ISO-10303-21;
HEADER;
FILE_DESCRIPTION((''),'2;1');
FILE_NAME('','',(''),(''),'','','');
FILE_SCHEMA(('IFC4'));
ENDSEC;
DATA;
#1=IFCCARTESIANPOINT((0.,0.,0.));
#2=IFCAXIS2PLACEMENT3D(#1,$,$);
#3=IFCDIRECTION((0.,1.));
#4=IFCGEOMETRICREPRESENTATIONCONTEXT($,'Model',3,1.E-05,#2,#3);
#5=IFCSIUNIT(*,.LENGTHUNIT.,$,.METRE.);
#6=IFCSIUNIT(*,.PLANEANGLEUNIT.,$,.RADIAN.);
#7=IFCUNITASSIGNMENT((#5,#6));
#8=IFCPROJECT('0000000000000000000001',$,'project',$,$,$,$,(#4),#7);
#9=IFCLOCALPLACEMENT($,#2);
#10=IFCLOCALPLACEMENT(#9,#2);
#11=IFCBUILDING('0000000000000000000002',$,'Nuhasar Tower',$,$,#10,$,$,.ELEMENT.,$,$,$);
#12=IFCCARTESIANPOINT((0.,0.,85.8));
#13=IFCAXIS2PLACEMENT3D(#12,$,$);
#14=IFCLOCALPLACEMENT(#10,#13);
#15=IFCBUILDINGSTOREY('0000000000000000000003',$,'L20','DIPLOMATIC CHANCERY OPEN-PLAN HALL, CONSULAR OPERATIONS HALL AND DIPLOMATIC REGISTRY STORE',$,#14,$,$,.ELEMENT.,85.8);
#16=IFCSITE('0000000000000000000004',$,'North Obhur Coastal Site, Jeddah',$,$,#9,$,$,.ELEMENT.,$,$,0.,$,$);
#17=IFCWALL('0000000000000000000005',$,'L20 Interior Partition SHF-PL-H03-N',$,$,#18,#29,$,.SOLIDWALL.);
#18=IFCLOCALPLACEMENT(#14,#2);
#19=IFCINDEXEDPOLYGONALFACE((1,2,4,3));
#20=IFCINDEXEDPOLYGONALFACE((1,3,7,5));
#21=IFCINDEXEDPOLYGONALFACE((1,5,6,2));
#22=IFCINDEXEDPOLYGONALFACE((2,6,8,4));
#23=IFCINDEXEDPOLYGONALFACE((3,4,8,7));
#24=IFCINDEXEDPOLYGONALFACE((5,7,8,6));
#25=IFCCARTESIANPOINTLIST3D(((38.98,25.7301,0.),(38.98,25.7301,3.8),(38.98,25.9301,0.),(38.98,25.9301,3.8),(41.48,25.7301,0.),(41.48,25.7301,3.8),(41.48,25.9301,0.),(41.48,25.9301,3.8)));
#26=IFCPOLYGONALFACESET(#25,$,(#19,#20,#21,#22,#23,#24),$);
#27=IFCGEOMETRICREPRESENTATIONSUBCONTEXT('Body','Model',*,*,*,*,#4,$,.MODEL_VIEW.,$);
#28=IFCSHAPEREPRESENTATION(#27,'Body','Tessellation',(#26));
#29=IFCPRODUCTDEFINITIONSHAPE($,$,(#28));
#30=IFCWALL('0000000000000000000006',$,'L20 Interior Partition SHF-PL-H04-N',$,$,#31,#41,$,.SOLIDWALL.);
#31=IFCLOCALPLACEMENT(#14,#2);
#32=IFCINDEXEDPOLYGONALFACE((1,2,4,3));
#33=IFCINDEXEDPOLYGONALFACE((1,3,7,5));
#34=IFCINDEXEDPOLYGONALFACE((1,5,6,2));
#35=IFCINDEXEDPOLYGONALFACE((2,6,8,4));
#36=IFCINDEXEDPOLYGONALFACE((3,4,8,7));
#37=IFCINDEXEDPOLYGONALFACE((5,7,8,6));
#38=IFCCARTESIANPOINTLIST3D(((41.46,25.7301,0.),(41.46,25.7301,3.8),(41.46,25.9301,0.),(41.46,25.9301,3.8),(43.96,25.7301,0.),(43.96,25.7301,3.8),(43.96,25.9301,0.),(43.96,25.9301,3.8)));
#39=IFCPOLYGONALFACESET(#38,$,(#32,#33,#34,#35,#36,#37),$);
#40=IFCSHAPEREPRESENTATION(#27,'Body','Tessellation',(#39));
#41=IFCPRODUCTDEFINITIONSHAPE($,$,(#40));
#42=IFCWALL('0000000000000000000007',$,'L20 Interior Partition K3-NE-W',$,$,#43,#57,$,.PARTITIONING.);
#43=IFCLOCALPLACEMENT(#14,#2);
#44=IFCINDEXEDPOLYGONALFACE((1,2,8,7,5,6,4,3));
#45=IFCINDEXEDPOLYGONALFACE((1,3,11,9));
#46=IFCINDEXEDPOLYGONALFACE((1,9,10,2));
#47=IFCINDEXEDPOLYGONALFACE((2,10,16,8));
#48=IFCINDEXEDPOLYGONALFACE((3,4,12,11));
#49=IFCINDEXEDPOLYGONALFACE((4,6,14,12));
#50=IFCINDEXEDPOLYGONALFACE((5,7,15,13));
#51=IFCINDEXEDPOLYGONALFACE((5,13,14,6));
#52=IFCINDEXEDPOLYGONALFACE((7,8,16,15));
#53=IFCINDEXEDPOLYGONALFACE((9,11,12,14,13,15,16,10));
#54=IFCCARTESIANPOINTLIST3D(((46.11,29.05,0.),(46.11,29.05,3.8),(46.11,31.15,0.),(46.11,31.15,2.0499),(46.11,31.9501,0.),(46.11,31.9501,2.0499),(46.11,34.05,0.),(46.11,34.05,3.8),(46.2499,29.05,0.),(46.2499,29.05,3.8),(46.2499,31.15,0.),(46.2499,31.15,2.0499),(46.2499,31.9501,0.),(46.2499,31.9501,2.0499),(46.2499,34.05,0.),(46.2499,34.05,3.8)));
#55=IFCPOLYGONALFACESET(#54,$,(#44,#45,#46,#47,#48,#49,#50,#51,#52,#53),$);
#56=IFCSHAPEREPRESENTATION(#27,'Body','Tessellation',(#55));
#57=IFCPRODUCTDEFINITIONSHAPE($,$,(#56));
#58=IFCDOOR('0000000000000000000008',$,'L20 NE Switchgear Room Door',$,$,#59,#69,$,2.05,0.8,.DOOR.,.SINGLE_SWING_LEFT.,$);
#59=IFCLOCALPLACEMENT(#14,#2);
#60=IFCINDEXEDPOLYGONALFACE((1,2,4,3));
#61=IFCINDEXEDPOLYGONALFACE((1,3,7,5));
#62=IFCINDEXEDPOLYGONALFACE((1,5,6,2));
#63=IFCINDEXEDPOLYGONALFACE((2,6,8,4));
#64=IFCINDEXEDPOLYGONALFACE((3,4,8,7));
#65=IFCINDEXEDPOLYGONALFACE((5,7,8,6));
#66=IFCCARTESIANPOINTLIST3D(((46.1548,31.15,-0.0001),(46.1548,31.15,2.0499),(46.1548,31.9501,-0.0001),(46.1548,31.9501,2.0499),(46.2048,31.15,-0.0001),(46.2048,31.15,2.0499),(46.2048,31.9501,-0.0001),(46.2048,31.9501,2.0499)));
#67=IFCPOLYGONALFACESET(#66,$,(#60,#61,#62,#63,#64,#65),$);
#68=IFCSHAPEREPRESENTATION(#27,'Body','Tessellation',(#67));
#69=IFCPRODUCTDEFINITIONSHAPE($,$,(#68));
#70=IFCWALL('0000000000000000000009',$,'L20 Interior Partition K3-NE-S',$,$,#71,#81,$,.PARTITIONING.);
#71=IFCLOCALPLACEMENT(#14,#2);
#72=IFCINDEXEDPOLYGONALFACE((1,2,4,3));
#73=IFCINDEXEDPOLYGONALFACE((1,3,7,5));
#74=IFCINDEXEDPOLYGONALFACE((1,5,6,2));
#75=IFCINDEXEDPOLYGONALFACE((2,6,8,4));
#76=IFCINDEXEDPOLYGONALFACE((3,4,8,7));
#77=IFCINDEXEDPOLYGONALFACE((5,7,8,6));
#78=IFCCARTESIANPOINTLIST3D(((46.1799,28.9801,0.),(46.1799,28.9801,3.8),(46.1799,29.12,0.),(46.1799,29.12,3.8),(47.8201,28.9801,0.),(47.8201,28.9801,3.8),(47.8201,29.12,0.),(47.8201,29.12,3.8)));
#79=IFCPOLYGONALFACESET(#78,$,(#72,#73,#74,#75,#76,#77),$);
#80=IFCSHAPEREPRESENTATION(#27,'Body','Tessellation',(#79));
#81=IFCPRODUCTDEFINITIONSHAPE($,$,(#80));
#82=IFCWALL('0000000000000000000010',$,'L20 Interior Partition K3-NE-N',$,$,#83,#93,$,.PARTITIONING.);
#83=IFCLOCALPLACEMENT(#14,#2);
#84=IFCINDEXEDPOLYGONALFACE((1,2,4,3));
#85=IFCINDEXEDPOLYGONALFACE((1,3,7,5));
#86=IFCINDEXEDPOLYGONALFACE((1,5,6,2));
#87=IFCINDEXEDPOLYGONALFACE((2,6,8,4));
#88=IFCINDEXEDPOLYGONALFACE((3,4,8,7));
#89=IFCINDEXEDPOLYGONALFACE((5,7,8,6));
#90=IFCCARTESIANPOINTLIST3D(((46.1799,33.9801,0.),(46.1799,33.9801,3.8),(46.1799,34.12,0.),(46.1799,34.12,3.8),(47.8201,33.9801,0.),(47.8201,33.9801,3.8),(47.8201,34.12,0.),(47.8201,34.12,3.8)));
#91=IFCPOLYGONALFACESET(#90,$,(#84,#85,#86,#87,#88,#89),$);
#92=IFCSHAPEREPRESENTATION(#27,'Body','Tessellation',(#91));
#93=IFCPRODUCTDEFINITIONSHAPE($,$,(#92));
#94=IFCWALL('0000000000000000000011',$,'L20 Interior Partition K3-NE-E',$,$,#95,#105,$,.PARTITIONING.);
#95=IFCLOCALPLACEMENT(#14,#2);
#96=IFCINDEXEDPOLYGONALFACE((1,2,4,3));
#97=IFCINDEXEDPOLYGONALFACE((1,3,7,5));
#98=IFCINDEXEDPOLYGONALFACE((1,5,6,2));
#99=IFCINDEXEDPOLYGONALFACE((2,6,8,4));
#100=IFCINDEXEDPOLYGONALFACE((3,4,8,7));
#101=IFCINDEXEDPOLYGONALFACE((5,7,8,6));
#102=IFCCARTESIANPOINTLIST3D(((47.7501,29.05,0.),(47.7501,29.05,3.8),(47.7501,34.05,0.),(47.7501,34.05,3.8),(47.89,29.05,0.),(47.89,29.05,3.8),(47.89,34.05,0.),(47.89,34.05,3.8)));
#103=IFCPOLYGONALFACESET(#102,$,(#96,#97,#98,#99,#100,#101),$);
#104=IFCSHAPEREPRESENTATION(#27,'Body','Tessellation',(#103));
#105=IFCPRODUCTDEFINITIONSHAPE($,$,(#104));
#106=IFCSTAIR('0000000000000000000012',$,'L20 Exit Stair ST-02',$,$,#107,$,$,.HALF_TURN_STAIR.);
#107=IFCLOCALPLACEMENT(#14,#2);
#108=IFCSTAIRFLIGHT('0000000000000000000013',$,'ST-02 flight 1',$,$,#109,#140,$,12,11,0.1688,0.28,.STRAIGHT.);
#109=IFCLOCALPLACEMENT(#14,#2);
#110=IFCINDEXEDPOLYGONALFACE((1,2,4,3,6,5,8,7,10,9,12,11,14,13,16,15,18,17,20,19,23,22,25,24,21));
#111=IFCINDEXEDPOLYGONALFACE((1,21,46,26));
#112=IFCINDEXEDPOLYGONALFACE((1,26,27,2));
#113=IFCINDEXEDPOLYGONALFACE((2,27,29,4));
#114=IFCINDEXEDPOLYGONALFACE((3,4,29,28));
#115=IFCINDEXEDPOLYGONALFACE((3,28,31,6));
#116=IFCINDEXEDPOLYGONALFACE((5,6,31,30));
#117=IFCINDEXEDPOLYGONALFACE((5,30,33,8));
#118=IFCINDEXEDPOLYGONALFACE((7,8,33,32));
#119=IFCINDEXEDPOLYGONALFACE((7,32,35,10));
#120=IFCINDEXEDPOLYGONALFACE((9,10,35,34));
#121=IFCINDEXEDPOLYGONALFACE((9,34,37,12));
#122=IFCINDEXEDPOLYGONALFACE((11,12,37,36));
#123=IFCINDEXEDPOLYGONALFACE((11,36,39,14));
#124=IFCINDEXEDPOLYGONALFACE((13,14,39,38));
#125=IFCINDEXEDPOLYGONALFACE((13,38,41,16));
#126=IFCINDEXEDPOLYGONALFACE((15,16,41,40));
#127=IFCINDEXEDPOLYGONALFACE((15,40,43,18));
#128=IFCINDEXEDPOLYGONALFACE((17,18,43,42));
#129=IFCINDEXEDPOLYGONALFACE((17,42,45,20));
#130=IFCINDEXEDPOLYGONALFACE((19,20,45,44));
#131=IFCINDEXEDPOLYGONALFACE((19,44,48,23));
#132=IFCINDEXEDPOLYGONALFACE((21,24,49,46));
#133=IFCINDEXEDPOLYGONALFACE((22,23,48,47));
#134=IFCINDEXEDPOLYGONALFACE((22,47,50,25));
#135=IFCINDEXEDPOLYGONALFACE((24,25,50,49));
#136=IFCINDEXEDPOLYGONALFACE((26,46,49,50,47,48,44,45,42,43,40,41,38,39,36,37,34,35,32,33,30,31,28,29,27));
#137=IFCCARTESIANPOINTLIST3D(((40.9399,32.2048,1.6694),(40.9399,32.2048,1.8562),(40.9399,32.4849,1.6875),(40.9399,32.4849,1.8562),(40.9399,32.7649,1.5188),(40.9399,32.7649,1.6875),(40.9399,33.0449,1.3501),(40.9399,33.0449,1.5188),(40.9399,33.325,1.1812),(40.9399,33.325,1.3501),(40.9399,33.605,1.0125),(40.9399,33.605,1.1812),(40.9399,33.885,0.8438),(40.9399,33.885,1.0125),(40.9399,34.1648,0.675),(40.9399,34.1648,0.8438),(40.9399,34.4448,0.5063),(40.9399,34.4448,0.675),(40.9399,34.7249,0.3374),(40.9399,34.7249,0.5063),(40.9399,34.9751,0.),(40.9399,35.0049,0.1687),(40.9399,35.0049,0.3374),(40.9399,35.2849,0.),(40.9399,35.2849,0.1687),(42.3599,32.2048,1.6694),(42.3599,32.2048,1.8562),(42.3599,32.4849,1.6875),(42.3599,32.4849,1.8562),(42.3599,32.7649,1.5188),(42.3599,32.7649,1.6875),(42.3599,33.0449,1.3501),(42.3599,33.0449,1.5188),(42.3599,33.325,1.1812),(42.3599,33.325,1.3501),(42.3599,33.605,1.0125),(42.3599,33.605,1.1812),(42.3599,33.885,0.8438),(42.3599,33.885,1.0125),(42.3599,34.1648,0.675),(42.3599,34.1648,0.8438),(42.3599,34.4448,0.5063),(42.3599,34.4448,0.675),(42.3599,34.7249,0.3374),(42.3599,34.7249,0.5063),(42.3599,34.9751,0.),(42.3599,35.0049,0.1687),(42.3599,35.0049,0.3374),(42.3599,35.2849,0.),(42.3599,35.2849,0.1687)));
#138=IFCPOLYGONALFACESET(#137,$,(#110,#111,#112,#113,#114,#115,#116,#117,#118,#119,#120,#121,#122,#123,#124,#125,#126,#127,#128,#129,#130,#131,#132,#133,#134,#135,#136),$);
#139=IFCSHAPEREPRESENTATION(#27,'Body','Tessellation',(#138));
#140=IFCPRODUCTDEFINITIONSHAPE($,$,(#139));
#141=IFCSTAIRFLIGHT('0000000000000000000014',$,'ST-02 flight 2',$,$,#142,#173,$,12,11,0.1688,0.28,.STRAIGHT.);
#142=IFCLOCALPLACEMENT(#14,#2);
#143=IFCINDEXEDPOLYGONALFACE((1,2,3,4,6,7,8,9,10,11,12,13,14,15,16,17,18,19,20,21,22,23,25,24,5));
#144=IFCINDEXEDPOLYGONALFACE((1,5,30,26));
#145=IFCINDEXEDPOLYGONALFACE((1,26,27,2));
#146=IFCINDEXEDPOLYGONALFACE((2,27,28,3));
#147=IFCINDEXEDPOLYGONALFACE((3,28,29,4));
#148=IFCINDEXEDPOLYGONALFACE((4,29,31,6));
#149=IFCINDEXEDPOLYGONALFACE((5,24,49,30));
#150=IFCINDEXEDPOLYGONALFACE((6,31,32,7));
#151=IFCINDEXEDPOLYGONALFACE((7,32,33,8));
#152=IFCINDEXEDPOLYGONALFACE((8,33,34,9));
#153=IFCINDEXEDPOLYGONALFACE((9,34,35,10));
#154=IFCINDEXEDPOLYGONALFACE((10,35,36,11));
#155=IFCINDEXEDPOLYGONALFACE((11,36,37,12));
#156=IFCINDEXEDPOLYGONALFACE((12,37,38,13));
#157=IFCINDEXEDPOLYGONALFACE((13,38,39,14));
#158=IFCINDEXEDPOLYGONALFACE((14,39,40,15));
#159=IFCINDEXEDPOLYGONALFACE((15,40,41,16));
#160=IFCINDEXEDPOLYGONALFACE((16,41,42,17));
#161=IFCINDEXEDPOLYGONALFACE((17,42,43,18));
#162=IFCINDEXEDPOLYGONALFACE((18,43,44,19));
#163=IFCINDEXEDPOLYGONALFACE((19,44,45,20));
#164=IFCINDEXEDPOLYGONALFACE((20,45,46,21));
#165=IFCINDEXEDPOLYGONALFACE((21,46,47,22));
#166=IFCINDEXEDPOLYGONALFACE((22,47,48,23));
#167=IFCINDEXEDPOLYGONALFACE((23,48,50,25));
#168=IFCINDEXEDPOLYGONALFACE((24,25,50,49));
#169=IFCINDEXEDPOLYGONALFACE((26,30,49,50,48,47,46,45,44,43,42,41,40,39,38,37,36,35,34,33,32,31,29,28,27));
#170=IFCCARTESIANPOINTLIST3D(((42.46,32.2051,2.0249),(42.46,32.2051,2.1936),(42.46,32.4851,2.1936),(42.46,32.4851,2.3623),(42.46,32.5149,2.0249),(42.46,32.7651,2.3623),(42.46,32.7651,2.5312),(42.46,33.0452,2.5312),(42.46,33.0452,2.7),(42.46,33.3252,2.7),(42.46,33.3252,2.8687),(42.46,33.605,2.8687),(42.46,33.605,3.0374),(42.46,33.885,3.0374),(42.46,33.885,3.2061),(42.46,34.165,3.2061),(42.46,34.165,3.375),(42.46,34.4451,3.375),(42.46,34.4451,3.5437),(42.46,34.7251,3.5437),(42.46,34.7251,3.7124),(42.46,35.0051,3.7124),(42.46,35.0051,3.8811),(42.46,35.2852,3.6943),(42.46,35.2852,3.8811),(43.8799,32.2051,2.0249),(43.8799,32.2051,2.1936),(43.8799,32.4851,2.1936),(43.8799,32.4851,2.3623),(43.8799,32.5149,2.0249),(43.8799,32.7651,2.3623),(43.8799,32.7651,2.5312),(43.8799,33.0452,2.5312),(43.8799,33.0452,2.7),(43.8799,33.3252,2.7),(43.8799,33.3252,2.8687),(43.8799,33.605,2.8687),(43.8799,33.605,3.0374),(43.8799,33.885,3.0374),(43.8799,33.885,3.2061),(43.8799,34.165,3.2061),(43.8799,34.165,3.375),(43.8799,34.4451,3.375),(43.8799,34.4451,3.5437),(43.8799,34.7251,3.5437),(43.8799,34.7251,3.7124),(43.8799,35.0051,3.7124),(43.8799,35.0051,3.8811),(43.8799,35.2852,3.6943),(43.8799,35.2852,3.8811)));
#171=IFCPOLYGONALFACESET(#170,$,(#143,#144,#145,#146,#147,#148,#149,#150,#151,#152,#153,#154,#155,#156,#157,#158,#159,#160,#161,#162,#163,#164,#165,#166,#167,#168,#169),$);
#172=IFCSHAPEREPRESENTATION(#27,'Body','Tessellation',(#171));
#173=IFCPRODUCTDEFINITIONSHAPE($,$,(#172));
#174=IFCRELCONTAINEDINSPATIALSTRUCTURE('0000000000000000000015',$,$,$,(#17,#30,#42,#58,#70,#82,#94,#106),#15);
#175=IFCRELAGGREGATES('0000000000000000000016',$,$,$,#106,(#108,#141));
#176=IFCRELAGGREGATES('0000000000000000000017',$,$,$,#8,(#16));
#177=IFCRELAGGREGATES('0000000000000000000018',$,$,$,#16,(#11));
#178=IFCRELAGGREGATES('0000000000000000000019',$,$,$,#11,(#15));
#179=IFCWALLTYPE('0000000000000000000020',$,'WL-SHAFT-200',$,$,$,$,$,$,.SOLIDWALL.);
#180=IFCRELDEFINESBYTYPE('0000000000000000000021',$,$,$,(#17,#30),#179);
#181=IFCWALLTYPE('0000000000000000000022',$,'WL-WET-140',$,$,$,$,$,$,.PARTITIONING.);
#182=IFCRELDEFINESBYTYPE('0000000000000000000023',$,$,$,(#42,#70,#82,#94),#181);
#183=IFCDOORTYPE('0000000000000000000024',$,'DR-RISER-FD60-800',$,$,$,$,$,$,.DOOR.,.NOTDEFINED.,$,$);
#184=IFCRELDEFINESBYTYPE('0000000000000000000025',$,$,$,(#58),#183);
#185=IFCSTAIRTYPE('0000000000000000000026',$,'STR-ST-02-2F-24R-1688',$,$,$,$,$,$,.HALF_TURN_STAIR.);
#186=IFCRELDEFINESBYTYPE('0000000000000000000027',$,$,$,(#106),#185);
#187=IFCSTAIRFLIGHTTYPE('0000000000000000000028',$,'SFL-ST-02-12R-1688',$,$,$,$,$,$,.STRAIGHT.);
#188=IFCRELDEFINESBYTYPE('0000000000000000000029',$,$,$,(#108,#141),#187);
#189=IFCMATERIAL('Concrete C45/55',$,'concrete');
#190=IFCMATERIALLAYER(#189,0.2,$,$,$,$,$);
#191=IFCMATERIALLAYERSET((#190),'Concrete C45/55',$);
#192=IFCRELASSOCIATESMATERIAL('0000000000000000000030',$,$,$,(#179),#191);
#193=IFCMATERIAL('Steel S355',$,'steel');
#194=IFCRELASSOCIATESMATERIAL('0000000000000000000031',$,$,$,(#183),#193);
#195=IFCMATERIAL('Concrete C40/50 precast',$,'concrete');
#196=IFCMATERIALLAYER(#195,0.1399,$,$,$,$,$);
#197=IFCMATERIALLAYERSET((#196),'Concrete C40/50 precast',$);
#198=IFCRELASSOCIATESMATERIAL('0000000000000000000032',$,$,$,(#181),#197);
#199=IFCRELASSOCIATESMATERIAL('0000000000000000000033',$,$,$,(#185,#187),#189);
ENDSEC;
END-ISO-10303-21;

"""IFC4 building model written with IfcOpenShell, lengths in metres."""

from ifc_helpers import new_model, si_unit, direction, frame, frame_2d, origin, place, context, subcontext, project, spatial, polyline, rectangle, outline, extrude, material, layer, layer_set, type_object, element, fill, aggregate, save


model = new_model("IFC4")

# Units and contexts
model_context = context("Model", 3, precision=1e-05, world=origin(), true_north=direction((0.0, 1.0)))
body_context = subcontext(model_context, "Body", "Model", "MODEL_VIEW")
ifc_project = project(units=[si_unit("LENGTHUNIT", "METRE"), si_unit("PLANEANGLEUNIT", "RADIAN")], contexts=[model_context])

# Site, building, storey
site_placement = place(None, origin())
site = spatial("IfcSite", under=ifc_project, at=site_placement, Name="North Obhur Coastal Site, Jeddah", CompositionType="ELEMENT", RefElevation=0.0)
building_placement = place(site_placement, origin())
building = spatial("IfcBuilding", under=site, at=building_placement, Name="Nuhasar Tower", CompositionType="ELEMENT")
storey_placement = place(building_placement, frame((0.0, 0.0, 85.8)))
storey = spatial("IfcBuildingStorey", under=building, at=storey_placement, Name="L20", Description="DIPLOMATIC CHANCERY OPEN-PLAN HALL, CONSULAR OPERATIONS HALL AND DIPLOMATIC REGISTRY STORE", CompositionType="ELEMENT", Elevation=85.8)

# Shared definitions
ifc_material_1 = material(Name="Concrete C45/55", Category="concrete")
ifc_layer_1 = layer(ifc_material_1, 0.2)
ifc_layer_set_1 = layer_set([ifc_layer_1], Name="Concrete C45/55")
wall_type_1 = type_object("IfcWallType", Name="WL-SHAFT-200", PredefinedType="SOLIDWALL", material=ifc_layer_set_1)

# Shared definitions
ifc_material_2 = material(Name="Steel S355", Category="steel")
door_type = type_object("IfcDoorType", Name="DR-RISER-FD60-800", OperationType="NOTDEFINED", PredefinedType="DOOR", material=ifc_material_2)

# Walls
for number, where, z_axis, x_axis, name in (
    (1, (38.98, 25.8301, 0.0), (0.0, 0.0, 1.0), (1.0, 0.0, 0.0), "L20 Interior Partition SHF-PL-H03-N"),
    (2, (41.46, 25.8301, 0.0), (0.0, 0.0, 1.0), (1.0, 0.0, 0.0), "L20 Interior Partition SHF-PL-H04-N"),
):
    element("IfcWall", number, at=place(storey_placement, frame(where, z_axis=z_axis, x_axis=x_axis)), inside=storey, type_object=wall_type_1, Name=name, PredefinedType="SOLIDWALL", context=body_context, shape_type="SweptSolid", body=[
        extrude(rectangle(XDim=2.5, YDim=0.2, at=frame_2d((1.25, 0.0))), origin(), (0.0, 0.0, 1.0), 3.8),
    ])

# Wall, opening, door
ifc_material_3 = material(Name="Concrete C40/50 precast", Category="concrete")
ifc_layer_2 = layer(ifc_material_3, 0.1399)
ifc_layer_set_2 = layer_set([ifc_layer_2], Name="Concrete C40/50 precast")
wall_type_2 = type_object("IfcWallType", Name="WL-WET-140", PredefinedType="PARTITIONING", material=ifc_layer_set_2)
wall_1_placement = place(storey_placement, frame((46.1799, 34.05, 0.0), z_axis=(0.0, 0.0, 1.0), x_axis=(0.0, -1.0, 0.0)))
wall_1 = element("IfcWall", 3, at=wall_1_placement, inside=storey, type_object=wall_type_2, Name="L20 Interior Partition K3-NE-W", PredefinedType="PARTITIONING", context=body_context, shape_type="SweptSolid", body=[
    extrude(rectangle(XDim=5.0, YDim=0.1399, at=frame_2d((2.5, 0.0))), origin(), (0.0, 0.0, 1.0), 3.8),
])
opening_1_placement = place(wall_1_placement, frame((2.1001, 0.0, 0.0)))
opening_1 = element("IfcOpeningElement", 4, at=opening_1_placement, cuts=wall_1, PredefinedType="OPENING", context=body_context, shape_type="SweptSolid", body=[
    extrude(rectangle(XDim=0.8, YDim=2.05, at=frame_2d((0.3999, 1.0249))), frame((0.0, 0.0801, 0.0), z_axis=(0.0, -1.0, 0.0), x_axis=(1.0, 0.0, 0.0)), (0.0, 0.0, 1.0), 0.1599),
])
door_1_placement = place(opening_1_placement, origin())
door_1 = element("IfcDoor", 5, at=door_1_placement, inside=storey, type_object=door_type, Name="L20 NE Switchgear Room Door", OperationType="SINGLE_SWING_LEFT", OverallHeight=2.05, OverallWidth=0.8, PredefinedType="DOOR", context=body_context, shape_type="SweptSolid", body=[
    extrude(rectangle(XDim=0.8, YDim=2.05, at=frame_2d((0.3999, 1.0249))), frame((0.0, 0.0249, 0.0), z_axis=(0.0, -1.0, 0.0), x_axis=(1.0, 0.0, 0.0)), (0.0, 0.0, 1.0), 0.05),
])
fill(opening_1, door_1)

# Walls
for number, where, z_axis, x_axis, name in (
    (6, (46.1799, 29.05, 0.0), (0.0, 0.0, 1.0), (1.0, 0.0, 0.0), "L20 Interior Partition K3-NE-S"),
    (7, (46.1799, 34.05, 0.0), (0.0, 0.0, 1.0), (1.0, 0.0, 0.0), "L20 Interior Partition K3-NE-N"),
):
    element("IfcWall", number, at=place(storey_placement, frame(where, z_axis=z_axis, x_axis=x_axis)), inside=storey, type_object=wall_type_2, Name=name, PredefinedType="PARTITIONING", context=body_context, shape_type="SweptSolid", body=[
        extrude(rectangle(XDim=1.6401, YDim=0.1399, at=frame_2d((0.8201, 0.0))), origin(), (0.0, 0.0, 1.0), 3.8),
    ])
wall_2_placement = place(storey_placement, frame((47.8201, 29.05, 0.0), z_axis=(0.0, 0.0, 1.0), x_axis=(0.0, 1.0, 0.0)))
element("IfcWall", 8, at=wall_2_placement, inside=storey, type_object=wall_type_2, Name="L20 Interior Partition K3-NE-E", PredefinedType="PARTITIONING", context=body_context, shape_type="SweptSolid", body=[
    extrude(rectangle(XDim=5.0, YDim=0.1399, at=frame_2d((2.5, 0.0))), origin(), (0.0, 0.0, 1.0), 3.8),
])

# Stair, stair flights
stair_type_1 = type_object("IfcStairType", Name="STR-ST-02-2F-24R-1688", PredefinedType="HALF_TURN_STAIR", material=ifc_material_1)
stair_1_placement = place(storey_placement, origin())
stair_1 = element("IfcStair", 9, at=stair_1_placement, inside=storey, type_object=stair_type_1, Name="L20 Exit Stair ST-02", PredefinedType="HALF_TURN_STAIR")
stair_flight_type_1 = type_object("IfcStairFlightType", Name="SFL-ST-02-12R-1688", PredefinedType="STRAIGHT", material=ifc_material_1)
stair_flight_1_placement = place(storey_placement, frame((41.6499, 35.2849, 0.0), z_axis=(0.0, 0.0, 1.0), x_axis=(0.0, -1.0, 0.0)))
stair_flight_1 = element("IfcStairFlight", 10, at=stair_flight_1_placement, type_object=stair_flight_type_1, Name="ST-02 flight 1", NumberOfRisers=12, NumberOfTreads=11, PredefinedType="STRAIGHT", RiserHeight=0.1688, TreadLength=0.28, context=body_context, shape_type="SweptSolid", body=[
    extrude(outline(polyline([(0.0, 0.0), (0.0, 0.1687), (0.28, 0.1687), (0.28, 0.3374), (0.5601, 0.3374), (0.5601, 0.5063), (0.8401, 0.5063), (0.8401, 0.675), (1.1201, 0.675), (1.1201, 0.8438), (1.3999, 0.8438), (1.3999, 1.0125), (1.6799, 1.0125), (1.6799, 1.1812), (1.96, 1.1812), (1.96, 1.3501), (2.24, 1.3501), (2.24, 1.5188), (2.52, 1.5188), (2.52, 1.6875), (2.8, 1.6875), (2.8, 1.8562), (3.0801, 1.8562), (3.0801, 2.0249), (3.0801, 1.6694), (0.3098, 0.0), (0.0, 0.0)])), frame((0.0, 0.71, 0.0), z_axis=(0.0, -1.0, 0.0), x_axis=(1.0, 0.0, 0.0)), (0.0, 0.0, 1.0), 1.4199),
])
stair_flight_2_placement = place(storey_placement, frame((43.1699, 32.2051, 2.0249), z_axis=(0.0, 0.0, 1.0), x_axis=(0.0, 1.0, 0.0)))
stair_flight_2 = element("IfcStairFlight", 11, at=stair_flight_2_placement, type_object=stair_flight_type_1, Name="ST-02 flight 2", NumberOfRisers=12, NumberOfTreads=11, PredefinedType="STRAIGHT", RiserHeight=0.1688, TreadLength=0.28, context=body_context, shape_type="SweptSolid", body=[
    extrude(outline(polyline([(0.0, 0.0), (0.0, 0.1687), (0.28, 0.1687), (0.28, 0.3374), (0.5601, 0.3374), (0.5601, 0.5063), (0.8401, 0.5063), (0.8401, 0.675), (1.1201, 0.675), (1.1201, 0.8438), (1.3999, 0.8438), (1.3999, 1.0125), (1.6799, 1.0125), (1.6799, 1.1812), (1.96, 1.1812), (1.96, 1.3501), (2.24, 1.3501), (2.24, 1.5188), (2.52, 1.5188), (2.52, 1.6875), (2.8, 1.6875), (2.8, 1.8562), (3.0801, 1.8562), (3.0801, 2.0249), (3.0801, 1.6694), (0.3098, 0.0), (0.0, 0.0)])), frame((0.0, 0.71, 0.0), z_axis=(0.0, -1.0, 0.0), x_axis=(1.0, 0.0, 0.0)), (0.0, 0.0, 1.0), 1.4199),
])
aggregate(stair_1, [stair_flight_1, stair_flight_2])

save(model, "model.ifc")
